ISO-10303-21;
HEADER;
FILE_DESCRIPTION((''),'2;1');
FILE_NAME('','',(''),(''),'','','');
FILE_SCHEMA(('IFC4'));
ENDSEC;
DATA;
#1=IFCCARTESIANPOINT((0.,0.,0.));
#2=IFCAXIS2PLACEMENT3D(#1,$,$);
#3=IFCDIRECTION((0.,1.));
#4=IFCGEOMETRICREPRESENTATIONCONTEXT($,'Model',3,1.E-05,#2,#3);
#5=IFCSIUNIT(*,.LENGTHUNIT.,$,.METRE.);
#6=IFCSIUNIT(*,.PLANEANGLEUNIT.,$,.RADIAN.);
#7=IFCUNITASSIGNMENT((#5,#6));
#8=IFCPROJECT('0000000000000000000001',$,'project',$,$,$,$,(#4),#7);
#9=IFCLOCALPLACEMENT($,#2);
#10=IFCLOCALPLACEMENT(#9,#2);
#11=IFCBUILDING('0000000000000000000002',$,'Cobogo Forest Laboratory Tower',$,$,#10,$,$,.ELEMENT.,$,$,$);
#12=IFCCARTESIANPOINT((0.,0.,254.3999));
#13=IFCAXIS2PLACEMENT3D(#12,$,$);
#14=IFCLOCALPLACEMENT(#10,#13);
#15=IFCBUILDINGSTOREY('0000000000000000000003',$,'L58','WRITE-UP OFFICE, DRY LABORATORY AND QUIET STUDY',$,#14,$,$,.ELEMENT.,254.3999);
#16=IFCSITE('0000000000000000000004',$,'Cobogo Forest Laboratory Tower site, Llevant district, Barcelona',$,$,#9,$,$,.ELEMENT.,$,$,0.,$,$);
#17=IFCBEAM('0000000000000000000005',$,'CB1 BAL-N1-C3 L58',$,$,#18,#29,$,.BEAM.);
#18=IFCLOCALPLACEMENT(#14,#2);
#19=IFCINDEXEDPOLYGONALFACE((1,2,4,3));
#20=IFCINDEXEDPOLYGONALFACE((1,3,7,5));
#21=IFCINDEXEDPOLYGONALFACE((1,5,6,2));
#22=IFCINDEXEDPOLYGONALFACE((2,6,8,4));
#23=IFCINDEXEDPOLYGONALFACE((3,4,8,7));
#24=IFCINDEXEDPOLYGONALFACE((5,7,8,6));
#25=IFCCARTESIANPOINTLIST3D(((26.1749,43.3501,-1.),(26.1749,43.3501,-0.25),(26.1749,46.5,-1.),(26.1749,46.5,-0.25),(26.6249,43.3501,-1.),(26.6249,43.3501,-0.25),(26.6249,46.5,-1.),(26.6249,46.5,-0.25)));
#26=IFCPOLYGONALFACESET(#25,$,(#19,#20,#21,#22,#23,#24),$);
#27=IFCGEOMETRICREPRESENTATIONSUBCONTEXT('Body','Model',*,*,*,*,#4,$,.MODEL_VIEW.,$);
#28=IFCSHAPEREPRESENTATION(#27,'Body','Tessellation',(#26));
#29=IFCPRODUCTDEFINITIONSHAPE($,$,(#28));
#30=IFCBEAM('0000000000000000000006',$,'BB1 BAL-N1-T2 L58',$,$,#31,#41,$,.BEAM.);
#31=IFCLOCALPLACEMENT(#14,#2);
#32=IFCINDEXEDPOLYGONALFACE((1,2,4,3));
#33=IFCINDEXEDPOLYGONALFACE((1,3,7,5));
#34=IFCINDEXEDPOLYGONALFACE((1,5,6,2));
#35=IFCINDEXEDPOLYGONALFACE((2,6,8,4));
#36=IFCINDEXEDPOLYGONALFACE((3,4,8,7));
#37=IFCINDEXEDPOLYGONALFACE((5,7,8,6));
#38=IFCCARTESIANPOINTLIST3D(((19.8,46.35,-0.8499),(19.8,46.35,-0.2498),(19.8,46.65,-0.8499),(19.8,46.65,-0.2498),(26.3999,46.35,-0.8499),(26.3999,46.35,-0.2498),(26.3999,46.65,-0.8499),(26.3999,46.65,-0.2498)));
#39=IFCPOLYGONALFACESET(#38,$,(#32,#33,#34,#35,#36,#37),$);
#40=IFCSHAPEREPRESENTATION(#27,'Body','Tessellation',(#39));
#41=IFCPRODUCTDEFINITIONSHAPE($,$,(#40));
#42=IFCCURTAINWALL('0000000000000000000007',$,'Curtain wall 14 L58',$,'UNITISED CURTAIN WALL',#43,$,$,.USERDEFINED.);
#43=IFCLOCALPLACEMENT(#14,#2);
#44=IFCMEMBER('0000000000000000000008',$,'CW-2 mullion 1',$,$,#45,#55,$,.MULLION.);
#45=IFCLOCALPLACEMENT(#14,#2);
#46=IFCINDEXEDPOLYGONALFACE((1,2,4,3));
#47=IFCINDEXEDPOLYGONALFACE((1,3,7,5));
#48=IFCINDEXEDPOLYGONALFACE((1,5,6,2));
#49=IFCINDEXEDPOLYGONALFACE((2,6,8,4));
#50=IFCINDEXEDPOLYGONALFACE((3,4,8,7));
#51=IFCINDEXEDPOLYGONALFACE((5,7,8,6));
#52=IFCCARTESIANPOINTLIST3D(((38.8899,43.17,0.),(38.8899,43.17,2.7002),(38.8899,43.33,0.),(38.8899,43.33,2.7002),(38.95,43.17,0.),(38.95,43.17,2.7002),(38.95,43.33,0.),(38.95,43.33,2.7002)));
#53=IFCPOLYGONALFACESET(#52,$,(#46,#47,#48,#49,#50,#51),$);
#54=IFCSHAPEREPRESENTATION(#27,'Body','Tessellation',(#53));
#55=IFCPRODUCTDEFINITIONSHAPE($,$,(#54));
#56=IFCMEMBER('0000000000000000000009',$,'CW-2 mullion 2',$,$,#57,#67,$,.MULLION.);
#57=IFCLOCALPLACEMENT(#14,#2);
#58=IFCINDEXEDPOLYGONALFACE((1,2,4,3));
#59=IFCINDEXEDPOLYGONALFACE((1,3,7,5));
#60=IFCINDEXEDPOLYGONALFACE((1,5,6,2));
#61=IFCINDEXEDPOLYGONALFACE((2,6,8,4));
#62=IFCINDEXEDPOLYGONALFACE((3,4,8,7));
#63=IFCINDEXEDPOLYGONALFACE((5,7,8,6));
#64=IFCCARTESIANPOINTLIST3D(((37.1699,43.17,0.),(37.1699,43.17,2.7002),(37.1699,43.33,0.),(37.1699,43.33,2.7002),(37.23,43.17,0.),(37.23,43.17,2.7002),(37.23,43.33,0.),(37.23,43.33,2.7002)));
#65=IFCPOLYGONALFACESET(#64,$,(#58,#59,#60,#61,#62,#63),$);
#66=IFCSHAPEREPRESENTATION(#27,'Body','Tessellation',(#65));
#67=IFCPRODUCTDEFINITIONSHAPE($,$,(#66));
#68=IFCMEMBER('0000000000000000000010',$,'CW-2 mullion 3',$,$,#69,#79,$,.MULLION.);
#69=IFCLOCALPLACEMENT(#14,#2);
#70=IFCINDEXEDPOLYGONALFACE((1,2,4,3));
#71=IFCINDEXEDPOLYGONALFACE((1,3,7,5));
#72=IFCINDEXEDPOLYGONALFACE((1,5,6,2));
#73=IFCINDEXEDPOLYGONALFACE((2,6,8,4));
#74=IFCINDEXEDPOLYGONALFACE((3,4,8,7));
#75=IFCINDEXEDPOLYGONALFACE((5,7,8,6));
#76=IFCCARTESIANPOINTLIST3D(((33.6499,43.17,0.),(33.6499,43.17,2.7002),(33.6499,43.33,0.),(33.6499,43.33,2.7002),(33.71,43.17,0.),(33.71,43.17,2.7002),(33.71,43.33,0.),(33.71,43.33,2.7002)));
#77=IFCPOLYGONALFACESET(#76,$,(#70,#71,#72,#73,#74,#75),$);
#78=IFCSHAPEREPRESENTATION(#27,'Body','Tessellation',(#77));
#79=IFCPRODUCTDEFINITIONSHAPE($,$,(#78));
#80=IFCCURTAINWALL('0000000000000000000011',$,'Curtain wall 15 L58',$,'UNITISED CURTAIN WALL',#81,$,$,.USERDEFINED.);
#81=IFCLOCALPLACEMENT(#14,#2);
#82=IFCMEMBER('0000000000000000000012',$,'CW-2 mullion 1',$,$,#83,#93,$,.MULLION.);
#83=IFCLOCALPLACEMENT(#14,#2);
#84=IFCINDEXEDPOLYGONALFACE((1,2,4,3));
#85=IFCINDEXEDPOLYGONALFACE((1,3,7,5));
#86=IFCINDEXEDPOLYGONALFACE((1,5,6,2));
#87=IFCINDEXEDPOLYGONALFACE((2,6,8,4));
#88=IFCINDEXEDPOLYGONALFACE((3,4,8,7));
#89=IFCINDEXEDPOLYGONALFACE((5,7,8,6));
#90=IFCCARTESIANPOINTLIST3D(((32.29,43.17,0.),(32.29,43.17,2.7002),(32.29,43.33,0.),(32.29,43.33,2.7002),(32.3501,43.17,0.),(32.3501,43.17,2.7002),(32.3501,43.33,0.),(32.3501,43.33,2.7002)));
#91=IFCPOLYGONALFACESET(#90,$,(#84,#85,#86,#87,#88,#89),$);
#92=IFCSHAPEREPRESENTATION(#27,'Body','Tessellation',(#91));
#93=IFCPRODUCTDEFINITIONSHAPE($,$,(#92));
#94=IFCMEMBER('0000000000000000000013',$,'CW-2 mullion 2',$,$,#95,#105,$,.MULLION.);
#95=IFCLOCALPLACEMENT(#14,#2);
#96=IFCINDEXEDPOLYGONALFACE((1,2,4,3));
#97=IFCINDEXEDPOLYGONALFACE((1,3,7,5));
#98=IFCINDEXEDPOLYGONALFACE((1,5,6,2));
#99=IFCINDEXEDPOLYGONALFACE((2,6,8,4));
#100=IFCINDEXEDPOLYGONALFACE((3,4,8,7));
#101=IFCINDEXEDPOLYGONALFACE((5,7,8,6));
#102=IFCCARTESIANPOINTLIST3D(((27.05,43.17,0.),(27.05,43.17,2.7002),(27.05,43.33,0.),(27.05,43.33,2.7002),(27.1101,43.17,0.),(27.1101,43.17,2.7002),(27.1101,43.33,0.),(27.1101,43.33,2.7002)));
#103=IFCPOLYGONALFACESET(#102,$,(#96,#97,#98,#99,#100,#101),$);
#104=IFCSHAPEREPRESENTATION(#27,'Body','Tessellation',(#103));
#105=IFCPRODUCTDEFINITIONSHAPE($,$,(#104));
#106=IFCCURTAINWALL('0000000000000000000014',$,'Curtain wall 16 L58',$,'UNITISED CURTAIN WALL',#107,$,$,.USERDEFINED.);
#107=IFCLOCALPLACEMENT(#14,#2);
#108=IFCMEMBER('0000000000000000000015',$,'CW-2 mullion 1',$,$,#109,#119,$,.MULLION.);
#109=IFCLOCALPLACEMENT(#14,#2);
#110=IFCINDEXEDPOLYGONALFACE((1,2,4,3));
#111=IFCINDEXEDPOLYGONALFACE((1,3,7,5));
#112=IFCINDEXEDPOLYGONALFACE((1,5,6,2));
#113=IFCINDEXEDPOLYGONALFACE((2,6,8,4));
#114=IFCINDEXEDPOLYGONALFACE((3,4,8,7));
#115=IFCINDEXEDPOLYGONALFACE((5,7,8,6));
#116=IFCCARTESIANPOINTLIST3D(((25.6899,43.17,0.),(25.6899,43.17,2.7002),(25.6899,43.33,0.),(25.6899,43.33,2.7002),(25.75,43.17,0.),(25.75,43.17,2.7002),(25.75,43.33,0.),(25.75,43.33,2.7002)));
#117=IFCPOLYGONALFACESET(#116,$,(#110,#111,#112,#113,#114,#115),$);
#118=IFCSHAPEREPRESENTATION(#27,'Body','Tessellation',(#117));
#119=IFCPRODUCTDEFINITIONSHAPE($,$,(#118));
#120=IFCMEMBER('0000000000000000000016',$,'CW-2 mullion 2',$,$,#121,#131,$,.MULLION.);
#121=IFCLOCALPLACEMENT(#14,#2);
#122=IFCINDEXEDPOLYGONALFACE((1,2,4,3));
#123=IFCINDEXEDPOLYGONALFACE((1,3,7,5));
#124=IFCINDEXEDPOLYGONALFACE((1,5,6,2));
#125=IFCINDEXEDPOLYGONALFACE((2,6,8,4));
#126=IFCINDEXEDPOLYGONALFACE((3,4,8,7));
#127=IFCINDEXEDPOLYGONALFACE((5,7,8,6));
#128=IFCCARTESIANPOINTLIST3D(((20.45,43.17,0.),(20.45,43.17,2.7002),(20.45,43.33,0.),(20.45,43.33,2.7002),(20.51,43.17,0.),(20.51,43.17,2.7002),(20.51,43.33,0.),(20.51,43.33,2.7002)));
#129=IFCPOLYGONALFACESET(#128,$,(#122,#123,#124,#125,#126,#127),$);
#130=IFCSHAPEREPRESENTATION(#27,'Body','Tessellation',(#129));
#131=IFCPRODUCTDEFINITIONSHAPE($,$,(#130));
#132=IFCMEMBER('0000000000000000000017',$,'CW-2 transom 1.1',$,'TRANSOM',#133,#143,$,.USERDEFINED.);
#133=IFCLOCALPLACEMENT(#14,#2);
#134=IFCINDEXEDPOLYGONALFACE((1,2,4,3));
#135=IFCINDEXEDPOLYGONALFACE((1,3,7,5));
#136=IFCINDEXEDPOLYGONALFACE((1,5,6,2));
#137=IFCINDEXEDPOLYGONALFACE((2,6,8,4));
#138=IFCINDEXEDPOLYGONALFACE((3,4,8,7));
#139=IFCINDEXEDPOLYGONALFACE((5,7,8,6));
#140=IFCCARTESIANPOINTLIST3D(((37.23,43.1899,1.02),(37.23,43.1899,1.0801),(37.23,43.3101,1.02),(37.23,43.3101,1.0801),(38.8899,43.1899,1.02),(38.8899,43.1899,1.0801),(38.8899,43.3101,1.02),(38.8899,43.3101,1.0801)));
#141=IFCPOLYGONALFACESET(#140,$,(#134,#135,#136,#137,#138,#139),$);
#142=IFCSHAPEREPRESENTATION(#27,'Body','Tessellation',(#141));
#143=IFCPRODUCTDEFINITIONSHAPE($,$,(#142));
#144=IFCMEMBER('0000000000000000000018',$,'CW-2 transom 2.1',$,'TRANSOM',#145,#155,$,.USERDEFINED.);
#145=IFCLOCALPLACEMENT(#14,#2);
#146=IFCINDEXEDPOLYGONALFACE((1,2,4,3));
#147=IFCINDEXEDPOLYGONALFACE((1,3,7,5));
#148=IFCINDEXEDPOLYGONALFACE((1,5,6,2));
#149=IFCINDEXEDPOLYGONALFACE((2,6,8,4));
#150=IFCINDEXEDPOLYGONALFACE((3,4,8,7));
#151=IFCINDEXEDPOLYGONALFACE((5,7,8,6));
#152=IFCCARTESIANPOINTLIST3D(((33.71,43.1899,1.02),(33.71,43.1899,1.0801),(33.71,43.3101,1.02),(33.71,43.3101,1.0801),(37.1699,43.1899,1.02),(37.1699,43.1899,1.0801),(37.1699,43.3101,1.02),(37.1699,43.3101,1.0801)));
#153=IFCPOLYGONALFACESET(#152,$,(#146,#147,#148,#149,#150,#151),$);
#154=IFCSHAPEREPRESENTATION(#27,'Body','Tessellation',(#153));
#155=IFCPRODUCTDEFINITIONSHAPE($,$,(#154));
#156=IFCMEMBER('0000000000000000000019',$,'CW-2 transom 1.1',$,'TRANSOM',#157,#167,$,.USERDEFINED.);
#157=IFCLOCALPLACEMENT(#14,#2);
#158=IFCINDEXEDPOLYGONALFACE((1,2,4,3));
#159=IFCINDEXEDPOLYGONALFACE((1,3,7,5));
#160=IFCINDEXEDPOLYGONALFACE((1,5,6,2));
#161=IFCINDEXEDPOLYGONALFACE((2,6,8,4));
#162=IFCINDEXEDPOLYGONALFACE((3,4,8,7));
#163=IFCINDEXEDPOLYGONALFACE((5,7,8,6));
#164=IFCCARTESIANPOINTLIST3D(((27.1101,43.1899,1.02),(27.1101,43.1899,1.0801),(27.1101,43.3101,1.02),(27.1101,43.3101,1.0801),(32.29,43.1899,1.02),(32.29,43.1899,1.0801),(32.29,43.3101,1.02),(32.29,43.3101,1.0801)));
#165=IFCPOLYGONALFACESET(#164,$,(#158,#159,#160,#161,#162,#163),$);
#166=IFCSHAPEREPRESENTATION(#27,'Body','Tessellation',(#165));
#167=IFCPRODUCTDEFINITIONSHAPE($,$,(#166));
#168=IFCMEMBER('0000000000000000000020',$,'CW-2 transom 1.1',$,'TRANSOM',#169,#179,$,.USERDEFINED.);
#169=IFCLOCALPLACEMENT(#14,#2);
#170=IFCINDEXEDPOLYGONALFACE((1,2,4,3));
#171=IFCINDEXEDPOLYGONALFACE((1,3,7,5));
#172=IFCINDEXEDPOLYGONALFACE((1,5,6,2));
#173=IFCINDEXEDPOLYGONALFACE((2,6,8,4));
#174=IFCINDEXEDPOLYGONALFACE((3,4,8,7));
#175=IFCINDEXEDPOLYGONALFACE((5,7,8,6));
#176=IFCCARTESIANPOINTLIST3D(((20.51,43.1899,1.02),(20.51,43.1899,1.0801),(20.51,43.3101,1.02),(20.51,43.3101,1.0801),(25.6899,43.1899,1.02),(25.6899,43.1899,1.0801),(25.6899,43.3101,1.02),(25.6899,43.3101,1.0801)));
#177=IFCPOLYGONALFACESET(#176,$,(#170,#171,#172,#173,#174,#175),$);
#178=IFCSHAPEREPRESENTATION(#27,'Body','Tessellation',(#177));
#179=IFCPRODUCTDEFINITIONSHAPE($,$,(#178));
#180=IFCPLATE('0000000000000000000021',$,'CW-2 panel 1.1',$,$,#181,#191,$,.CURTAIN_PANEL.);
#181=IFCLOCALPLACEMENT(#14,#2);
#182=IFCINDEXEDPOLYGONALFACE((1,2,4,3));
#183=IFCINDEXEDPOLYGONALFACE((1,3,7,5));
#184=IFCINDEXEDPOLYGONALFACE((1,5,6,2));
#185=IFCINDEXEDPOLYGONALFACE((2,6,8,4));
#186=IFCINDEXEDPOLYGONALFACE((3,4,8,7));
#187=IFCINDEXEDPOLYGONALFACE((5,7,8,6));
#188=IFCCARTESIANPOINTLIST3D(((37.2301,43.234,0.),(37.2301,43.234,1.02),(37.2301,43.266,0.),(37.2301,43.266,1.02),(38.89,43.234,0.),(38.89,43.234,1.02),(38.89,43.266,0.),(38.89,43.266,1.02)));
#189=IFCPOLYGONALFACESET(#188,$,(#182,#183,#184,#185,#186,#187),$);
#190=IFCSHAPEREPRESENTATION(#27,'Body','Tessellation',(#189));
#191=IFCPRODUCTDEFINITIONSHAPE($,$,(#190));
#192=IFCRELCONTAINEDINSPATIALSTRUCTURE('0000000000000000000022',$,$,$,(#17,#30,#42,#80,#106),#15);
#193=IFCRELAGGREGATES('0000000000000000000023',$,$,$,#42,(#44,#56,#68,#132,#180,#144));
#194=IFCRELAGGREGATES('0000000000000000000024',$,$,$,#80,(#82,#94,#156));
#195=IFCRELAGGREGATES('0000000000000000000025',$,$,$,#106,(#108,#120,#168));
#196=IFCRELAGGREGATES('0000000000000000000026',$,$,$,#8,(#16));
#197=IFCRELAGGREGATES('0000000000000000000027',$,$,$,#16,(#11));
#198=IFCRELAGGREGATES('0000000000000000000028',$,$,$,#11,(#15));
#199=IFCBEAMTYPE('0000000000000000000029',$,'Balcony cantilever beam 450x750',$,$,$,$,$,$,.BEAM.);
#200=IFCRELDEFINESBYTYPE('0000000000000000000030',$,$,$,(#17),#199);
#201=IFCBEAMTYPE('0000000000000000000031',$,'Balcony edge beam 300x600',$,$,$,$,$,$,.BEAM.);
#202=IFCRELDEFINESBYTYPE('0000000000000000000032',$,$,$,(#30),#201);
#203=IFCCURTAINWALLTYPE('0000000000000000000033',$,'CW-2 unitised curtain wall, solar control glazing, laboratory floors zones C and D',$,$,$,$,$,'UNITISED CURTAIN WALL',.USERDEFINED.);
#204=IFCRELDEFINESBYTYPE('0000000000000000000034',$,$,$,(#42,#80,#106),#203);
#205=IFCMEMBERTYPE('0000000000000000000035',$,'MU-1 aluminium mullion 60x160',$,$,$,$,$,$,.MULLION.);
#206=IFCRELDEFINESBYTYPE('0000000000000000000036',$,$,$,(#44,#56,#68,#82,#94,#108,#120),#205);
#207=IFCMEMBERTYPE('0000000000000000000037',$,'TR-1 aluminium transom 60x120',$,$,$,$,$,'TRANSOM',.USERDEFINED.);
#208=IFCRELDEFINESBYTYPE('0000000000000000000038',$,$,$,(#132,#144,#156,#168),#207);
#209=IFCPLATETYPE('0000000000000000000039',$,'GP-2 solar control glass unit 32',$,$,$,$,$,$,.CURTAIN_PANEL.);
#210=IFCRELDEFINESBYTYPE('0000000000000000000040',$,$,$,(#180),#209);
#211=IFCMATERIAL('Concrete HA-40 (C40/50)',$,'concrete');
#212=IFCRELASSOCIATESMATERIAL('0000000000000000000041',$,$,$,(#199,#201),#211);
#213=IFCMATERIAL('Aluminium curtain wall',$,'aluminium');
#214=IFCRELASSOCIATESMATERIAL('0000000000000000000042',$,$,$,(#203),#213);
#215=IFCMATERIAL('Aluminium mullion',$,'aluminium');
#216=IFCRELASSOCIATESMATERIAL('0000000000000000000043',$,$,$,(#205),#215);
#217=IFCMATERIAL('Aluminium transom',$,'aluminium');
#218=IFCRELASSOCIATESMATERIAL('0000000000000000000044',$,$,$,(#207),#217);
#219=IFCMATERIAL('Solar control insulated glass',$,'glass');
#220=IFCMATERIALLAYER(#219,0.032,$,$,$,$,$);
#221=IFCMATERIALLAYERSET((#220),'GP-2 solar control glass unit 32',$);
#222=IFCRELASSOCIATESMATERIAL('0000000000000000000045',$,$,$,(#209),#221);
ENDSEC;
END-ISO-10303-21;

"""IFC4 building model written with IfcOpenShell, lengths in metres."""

from ifc_helpers import new_model, si_unit, direction, frame, origin, origin_2d, place, context, subcontext, project, spatial, rectangle, extrude, material, layer, layer_set, material_profile, profile_set, type_object, element, aggregate, save


model = new_model("IFC4")

# Units and contexts
model_context = context("Model", 3, precision=1e-05, world=origin(), true_north=direction((0.0, 1.0)))
body_context = subcontext(model_context, "Body", "Model", "MODEL_VIEW")
ifc_project = project(units=[si_unit("LENGTHUNIT", "METRE"), si_unit("PLANEANGLEUNIT", "RADIAN")], contexts=[model_context])

# Site, building, storey
site_placement = place(None, origin())
site = spatial("IfcSite", under=ifc_project, at=site_placement, Name="Cobogo Forest Laboratory Tower site, Llevant district, Barcelona", CompositionType="ELEMENT", RefElevation=0.0)
building_placement = place(site_placement, origin())
building = spatial("IfcBuilding", under=site, at=building_placement, Name="Cobogo Forest Laboratory Tower", CompositionType="ELEMENT")
storey_placement = place(building_placement, frame((0.0, 0.0, 254.3999)))
storey = spatial("IfcBuildingStorey", under=building, at=storey_placement, Name="L58", Description="WRITE-UP OFFICE, DRY LABORATORY AND QUIET STUDY", CompositionType="ELEMENT", Elevation=254.3999)

# Beams
ifc_material_1 = material(Name="Concrete HA-40 (C40/50)", Category="concrete")
ifc_material_profile_1 = material_profile(ifc_material_1, rectangle(XDim=0.45, YDim=0.75, at=origin_2d()), Name="RC 450x750")
ifc_profile_set_1 = profile_set([ifc_material_profile_1], Name="Concrete HA-40 (C40/50)")
beam_type_1 = type_object("IfcBeamType", Name="Balcony cantilever beam 450x750", PredefinedType="BEAM", material=ifc_profile_set_1)
beam_1_placement = place(storey_placement, frame((26.3999, 43.3501, -0.625), z_axis=(0.0, 1.0, 0.0), x_axis=(-1.0, 0.0, 0.0)))
element("IfcBeam", 1, at=beam_1_placement, inside=storey, type_object=beam_type_1, Name="CB1 BAL-N1-C3 L58", PredefinedType="BEAM", context=body_context, shape_type="SweptSolid", body=[
    extrude(rectangle(XDim=0.45, YDim=0.75, at=origin_2d()), origin(), (0.0, 0.0, 1.0), 3.1499),
])
ifc_material_profile_2 = material_profile(ifc_material_1, rectangle(XDim=0.3, YDim=0.6001, at=origin_2d()), Name="RC 300x600")
ifc_profile_set_2 = profile_set([ifc_material_profile_2], Name="Concrete HA-40 (C40/50)")
beam_type_2 = type_object("IfcBeamType", Name="Balcony edge beam 300x600", PredefinedType="BEAM", material=ifc_profile_set_2)
beam_2_placement = place(storey_placement, frame((19.8, 46.5, -0.5498), z_axis=(1.0, 0.0, 0.0), x_axis=(0.0, 1.0, 0.0)))
element("IfcBeam", 2, at=beam_2_placement, inside=storey, type_object=beam_type_2, Name="BB1 BAL-N1-T2 L58", PredefinedType="BEAM", context=body_context, shape_type="SweptSolid", body=[
    extrude(rectangle(XDim=0.3, YDim=0.6001, at=origin_2d()), origin(), (0.0, 0.0, 1.0), 6.5999),
])

# Curtain walls, members
ifc_material_2 = material(Name="Aluminium curtain wall", Category="aluminium")
curtain_wall_type = type_object("IfcCurtainWallType", Name="CW-2 unitised curtain wall, solar control glazing, laboratory floors zones C and D", ElementType="UNITISED CURTAIN WALL", PredefinedType="USERDEFINED", material=ifc_material_2)
curtain_wall_1_placement = place(storey_placement, origin())
curtain_wall_1 = element("IfcCurtainWall", 3, at=curtain_wall_1_placement, inside=storey, type_object=curtain_wall_type, Name="Curtain wall 14 L58", ObjectType="UNITISED CURTAIN WALL", PredefinedType="USERDEFINED")
ifc_material_3 = material(Name="Aluminium mullion", Category="aluminium")
ifc_material_profile_3 = material_profile(ifc_material_3, rectangle(XDim=0.0601, YDim=0.1599, at=origin_2d()), Name="AL 60x160")
ifc_profile_set_3 = profile_set([ifc_material_profile_3], Name="Aluminium mullion")
member_type_1 = type_object("IfcMemberType", Name="MU-1 aluminium mullion 60x160", PredefinedType="MULLION", material=ifc_profile_set_3)
member_1_placement = place(storey_placement, frame((38.9199, 43.25, 0.0), z_axis=(0.0, 0.0, 1.0), x_axis=(-1.0, 0.0, 0.0)))
member_1 = element("IfcMember", 4, at=member_1_placement, type_object=member_type_1, Name="CW-2 mullion 1", PredefinedType="MULLION", context=body_context, shape_type="SweptSolid", body=[
    extrude(rectangle(XDim=0.0601, YDim=0.1599, at=origin_2d()), origin(), (0.0, 0.0, 1.0), 2.7002),
])
member_2_placement = place(storey_placement, frame((37.2, 43.25, 0.0), z_axis=(0.0, 0.0, 1.0), x_axis=(-1.0, 0.0, 0.0)))
member_2 = element("IfcMember", 5, at=member_2_placement, type_object=member_type_1, Name="CW-2 mullion 2", PredefinedType="MULLION", context=body_context, shape_type="SweptSolid", body=[
    extrude(rectangle(XDim=0.0601, YDim=0.1599, at=origin_2d()), origin(), (0.0, 0.0, 1.0), 2.7002),
])
member_3_placement = place(storey_placement, frame((33.6799, 43.25, 0.0), z_axis=(0.0, 0.0, 1.0), x_axis=(-1.0, 0.0, 0.0)))
member_3 = element("IfcMember", 6, at=member_3_placement, type_object=member_type_1, Name="CW-2 mullion 3", PredefinedType="MULLION", context=body_context, shape_type="SweptSolid", body=[
    extrude(rectangle(XDim=0.0601, YDim=0.1599, at=origin_2d()), origin(), (0.0, 0.0, 1.0), 2.7002),
])
curtain_wall_2_placement = place(storey_placement, origin())
curtain_wall_2 = element("IfcCurtainWall", 7, at=curtain_wall_2_placement, inside=storey, type_object=curtain_wall_type, Name="Curtain wall 15 L58", ObjectType="UNITISED CURTAIN WALL", PredefinedType="USERDEFINED")
member_4_placement = place(storey_placement, frame((32.3201, 43.25, 0.0), z_axis=(0.0, 0.0, 1.0), x_axis=(-1.0, 0.0, 0.0)))
member_4 = element("IfcMember", 8, at=member_4_placement, type_object=member_type_1, Name="CW-2 mullion 1", PredefinedType="MULLION", context=body_context, shape_type="SweptSolid", body=[
    extrude(rectangle(XDim=0.0601, YDim=0.1599, at=origin_2d()), origin(), (0.0, 0.0, 1.0), 2.7002),
])
member_5_placement = place(storey_placement, frame((27.0801, 43.25, 0.0), z_axis=(0.0, 0.0, 1.0), x_axis=(-1.0, 0.0, 0.0)))
member_5 = element("IfcMember", 9, at=member_5_placement, type_object=member_type_1, Name="CW-2 mullion 2", PredefinedType="MULLION", context=body_context, shape_type="SweptSolid", body=[
    extrude(rectangle(XDim=0.0601, YDim=0.1599, at=origin_2d()), origin(), (0.0, 0.0, 1.0), 2.7002),
])
curtain_wall_3_placement = place(storey_placement, origin())
curtain_wall_3 = element("IfcCurtainWall", 10, at=curtain_wall_3_placement, inside=storey, type_object=curtain_wall_type, Name="Curtain wall 16 L58", ObjectType="UNITISED CURTAIN WALL", PredefinedType="USERDEFINED")
member_6_placement = place(storey_placement, frame((25.72, 43.25, 0.0), z_axis=(0.0, 0.0, 1.0), x_axis=(-1.0, 0.0, 0.0)))
member_6 = element("IfcMember", 11, at=member_6_placement, type_object=member_type_1, Name="CW-2 mullion 1", PredefinedType="MULLION", context=body_context, shape_type="SweptSolid", body=[
    extrude(rectangle(XDim=0.0601, YDim=0.1599, at=origin_2d()), origin(), (0.0, 0.0, 1.0), 2.7002),
])
member_7_placement = place(storey_placement, frame((20.48, 43.25, 0.0), z_axis=(0.0, 0.0, 1.0), x_axis=(-1.0, 0.0, 0.0)))
member_7 = element("IfcMember", 12, at=member_7_placement, type_object=member_type_1, Name="CW-2 mullion 2", PredefinedType="MULLION", context=body_context, shape_type="SweptSolid", body=[
    extrude(rectangle(XDim=0.0601, YDim=0.1599, at=origin_2d()), origin(), (0.0, 0.0, 1.0), 2.7002),
])

# Members
ifc_material_4 = material(Name="Aluminium transom", Category="aluminium")
ifc_material_profile_4 = material_profile(ifc_material_4, rectangle(XDim=0.1201, YDim=0.0601, at=origin_2d()), Name="AL 60x120")
ifc_profile_set_4 = profile_set([ifc_material_profile_4], Name="Aluminium transom")
member_type_2 = type_object("IfcMemberType", Name="TR-1 aluminium transom 60x120", ElementType="TRANSOM", PredefinedType="USERDEFINED", material=ifc_profile_set_4)
member_8_placement = place(storey_placement, frame((38.8899, 43.25, 1.05), z_axis=(-1.0, 0.0, 0.0), x_axis=(0.0, -1.0, 0.0)))
member_8 = element("IfcMember", 13, at=member_8_placement, type_object=member_type_2, Name="CW-2 transom 1.1", ObjectType="TRANSOM", PredefinedType="USERDEFINED", context=body_context, shape_type="SweptSolid", body=[
    extrude(rectangle(XDim=0.1201, YDim=0.0601, at=origin_2d()), origin(), (0.0, 0.0, 1.0), 1.6599),
])
member_9_placement = place(storey_placement, frame((37.1699, 43.25, 1.05), z_axis=(-1.0, 0.0, 0.0), x_axis=(0.0, -1.0, 0.0)))
member_9 = element("IfcMember", 14, at=member_9_placement, type_object=member_type_2, Name="CW-2 transom 2.1", ObjectType="TRANSOM", PredefinedType="USERDEFINED", context=body_context, shape_type="SweptSolid", body=[
    extrude(rectangle(XDim=0.1201, YDim=0.0601, at=origin_2d()), origin(), (0.0, 0.0, 1.0), 3.46),
])
member_10_placement = place(storey_placement, frame((32.29, 43.25, 1.05), z_axis=(-1.0, 0.0, 0.0), x_axis=(0.0, -1.0, 0.0)))
member_10 = element("IfcMember", 15, at=member_10_placement, type_object=member_type_2, Name="CW-2 transom 1.1", ObjectType="TRANSOM", PredefinedType="USERDEFINED", context=body_context, shape_type="SweptSolid", body=[
    extrude(rectangle(XDim=0.1201, YDim=0.0601, at=origin_2d()), origin(), (0.0, 0.0, 1.0), 5.1799),
])
member_11_placement = place(storey_placement, frame((25.6899, 43.25, 1.05), z_axis=(-1.0, 0.0, 0.0), x_axis=(0.0, -1.0, 0.0)))
member_11 = element("IfcMember", 16, at=member_11_placement, type_object=member_type_2, Name="CW-2 transom 1.1", ObjectType="TRANSOM", PredefinedType="USERDEFINED", context=body_context, shape_type="SweptSolid", body=[
    extrude(rectangle(XDim=0.1201, YDim=0.0601, at=origin_2d()), origin(), (0.0, 0.0, 1.0), 5.1799),
])

# Plate
ifc_material_5 = material(Name="Solar control insulated glass", Category="glass")
ifc_layer_1 = layer(ifc_material_5, 0.032)
ifc_layer_set_1 = layer_set([ifc_layer_1], Name="GP-2 solar control glass unit 32")
plate_type_1 = type_object("IfcPlateType", Name="GP-2 solar control glass unit 32", PredefinedType="CURTAIN_PANEL", material=ifc_layer_set_1)
plate_1_placement = place(storey_placement, frame((38.0601, 43.25, 0.0), z_axis=(0.0, 0.0, 1.0), x_axis=(-1.0, 0.0, 0.0)))
plate_1 = element("IfcPlate", 17, at=plate_1_placement, type_object=plate_type_1, Name="CW-2 panel 1.1", PredefinedType="CURTAIN_PANEL", context=body_context, shape_type="SweptSolid", body=[
    extrude(rectangle(XDim=1.6599, YDim=0.032, at=origin_2d()), origin(), (0.0, 0.0, 1.0), 1.02),
])
aggregate(curtain_wall_1, [member_1, member_2, member_3, member_8, plate_1, member_9])
aggregate(curtain_wall_2, [member_4, member_5, member_10])
aggregate(curtain_wall_3, [member_6, member_7, member_11])

save(model, "model.ifc")
